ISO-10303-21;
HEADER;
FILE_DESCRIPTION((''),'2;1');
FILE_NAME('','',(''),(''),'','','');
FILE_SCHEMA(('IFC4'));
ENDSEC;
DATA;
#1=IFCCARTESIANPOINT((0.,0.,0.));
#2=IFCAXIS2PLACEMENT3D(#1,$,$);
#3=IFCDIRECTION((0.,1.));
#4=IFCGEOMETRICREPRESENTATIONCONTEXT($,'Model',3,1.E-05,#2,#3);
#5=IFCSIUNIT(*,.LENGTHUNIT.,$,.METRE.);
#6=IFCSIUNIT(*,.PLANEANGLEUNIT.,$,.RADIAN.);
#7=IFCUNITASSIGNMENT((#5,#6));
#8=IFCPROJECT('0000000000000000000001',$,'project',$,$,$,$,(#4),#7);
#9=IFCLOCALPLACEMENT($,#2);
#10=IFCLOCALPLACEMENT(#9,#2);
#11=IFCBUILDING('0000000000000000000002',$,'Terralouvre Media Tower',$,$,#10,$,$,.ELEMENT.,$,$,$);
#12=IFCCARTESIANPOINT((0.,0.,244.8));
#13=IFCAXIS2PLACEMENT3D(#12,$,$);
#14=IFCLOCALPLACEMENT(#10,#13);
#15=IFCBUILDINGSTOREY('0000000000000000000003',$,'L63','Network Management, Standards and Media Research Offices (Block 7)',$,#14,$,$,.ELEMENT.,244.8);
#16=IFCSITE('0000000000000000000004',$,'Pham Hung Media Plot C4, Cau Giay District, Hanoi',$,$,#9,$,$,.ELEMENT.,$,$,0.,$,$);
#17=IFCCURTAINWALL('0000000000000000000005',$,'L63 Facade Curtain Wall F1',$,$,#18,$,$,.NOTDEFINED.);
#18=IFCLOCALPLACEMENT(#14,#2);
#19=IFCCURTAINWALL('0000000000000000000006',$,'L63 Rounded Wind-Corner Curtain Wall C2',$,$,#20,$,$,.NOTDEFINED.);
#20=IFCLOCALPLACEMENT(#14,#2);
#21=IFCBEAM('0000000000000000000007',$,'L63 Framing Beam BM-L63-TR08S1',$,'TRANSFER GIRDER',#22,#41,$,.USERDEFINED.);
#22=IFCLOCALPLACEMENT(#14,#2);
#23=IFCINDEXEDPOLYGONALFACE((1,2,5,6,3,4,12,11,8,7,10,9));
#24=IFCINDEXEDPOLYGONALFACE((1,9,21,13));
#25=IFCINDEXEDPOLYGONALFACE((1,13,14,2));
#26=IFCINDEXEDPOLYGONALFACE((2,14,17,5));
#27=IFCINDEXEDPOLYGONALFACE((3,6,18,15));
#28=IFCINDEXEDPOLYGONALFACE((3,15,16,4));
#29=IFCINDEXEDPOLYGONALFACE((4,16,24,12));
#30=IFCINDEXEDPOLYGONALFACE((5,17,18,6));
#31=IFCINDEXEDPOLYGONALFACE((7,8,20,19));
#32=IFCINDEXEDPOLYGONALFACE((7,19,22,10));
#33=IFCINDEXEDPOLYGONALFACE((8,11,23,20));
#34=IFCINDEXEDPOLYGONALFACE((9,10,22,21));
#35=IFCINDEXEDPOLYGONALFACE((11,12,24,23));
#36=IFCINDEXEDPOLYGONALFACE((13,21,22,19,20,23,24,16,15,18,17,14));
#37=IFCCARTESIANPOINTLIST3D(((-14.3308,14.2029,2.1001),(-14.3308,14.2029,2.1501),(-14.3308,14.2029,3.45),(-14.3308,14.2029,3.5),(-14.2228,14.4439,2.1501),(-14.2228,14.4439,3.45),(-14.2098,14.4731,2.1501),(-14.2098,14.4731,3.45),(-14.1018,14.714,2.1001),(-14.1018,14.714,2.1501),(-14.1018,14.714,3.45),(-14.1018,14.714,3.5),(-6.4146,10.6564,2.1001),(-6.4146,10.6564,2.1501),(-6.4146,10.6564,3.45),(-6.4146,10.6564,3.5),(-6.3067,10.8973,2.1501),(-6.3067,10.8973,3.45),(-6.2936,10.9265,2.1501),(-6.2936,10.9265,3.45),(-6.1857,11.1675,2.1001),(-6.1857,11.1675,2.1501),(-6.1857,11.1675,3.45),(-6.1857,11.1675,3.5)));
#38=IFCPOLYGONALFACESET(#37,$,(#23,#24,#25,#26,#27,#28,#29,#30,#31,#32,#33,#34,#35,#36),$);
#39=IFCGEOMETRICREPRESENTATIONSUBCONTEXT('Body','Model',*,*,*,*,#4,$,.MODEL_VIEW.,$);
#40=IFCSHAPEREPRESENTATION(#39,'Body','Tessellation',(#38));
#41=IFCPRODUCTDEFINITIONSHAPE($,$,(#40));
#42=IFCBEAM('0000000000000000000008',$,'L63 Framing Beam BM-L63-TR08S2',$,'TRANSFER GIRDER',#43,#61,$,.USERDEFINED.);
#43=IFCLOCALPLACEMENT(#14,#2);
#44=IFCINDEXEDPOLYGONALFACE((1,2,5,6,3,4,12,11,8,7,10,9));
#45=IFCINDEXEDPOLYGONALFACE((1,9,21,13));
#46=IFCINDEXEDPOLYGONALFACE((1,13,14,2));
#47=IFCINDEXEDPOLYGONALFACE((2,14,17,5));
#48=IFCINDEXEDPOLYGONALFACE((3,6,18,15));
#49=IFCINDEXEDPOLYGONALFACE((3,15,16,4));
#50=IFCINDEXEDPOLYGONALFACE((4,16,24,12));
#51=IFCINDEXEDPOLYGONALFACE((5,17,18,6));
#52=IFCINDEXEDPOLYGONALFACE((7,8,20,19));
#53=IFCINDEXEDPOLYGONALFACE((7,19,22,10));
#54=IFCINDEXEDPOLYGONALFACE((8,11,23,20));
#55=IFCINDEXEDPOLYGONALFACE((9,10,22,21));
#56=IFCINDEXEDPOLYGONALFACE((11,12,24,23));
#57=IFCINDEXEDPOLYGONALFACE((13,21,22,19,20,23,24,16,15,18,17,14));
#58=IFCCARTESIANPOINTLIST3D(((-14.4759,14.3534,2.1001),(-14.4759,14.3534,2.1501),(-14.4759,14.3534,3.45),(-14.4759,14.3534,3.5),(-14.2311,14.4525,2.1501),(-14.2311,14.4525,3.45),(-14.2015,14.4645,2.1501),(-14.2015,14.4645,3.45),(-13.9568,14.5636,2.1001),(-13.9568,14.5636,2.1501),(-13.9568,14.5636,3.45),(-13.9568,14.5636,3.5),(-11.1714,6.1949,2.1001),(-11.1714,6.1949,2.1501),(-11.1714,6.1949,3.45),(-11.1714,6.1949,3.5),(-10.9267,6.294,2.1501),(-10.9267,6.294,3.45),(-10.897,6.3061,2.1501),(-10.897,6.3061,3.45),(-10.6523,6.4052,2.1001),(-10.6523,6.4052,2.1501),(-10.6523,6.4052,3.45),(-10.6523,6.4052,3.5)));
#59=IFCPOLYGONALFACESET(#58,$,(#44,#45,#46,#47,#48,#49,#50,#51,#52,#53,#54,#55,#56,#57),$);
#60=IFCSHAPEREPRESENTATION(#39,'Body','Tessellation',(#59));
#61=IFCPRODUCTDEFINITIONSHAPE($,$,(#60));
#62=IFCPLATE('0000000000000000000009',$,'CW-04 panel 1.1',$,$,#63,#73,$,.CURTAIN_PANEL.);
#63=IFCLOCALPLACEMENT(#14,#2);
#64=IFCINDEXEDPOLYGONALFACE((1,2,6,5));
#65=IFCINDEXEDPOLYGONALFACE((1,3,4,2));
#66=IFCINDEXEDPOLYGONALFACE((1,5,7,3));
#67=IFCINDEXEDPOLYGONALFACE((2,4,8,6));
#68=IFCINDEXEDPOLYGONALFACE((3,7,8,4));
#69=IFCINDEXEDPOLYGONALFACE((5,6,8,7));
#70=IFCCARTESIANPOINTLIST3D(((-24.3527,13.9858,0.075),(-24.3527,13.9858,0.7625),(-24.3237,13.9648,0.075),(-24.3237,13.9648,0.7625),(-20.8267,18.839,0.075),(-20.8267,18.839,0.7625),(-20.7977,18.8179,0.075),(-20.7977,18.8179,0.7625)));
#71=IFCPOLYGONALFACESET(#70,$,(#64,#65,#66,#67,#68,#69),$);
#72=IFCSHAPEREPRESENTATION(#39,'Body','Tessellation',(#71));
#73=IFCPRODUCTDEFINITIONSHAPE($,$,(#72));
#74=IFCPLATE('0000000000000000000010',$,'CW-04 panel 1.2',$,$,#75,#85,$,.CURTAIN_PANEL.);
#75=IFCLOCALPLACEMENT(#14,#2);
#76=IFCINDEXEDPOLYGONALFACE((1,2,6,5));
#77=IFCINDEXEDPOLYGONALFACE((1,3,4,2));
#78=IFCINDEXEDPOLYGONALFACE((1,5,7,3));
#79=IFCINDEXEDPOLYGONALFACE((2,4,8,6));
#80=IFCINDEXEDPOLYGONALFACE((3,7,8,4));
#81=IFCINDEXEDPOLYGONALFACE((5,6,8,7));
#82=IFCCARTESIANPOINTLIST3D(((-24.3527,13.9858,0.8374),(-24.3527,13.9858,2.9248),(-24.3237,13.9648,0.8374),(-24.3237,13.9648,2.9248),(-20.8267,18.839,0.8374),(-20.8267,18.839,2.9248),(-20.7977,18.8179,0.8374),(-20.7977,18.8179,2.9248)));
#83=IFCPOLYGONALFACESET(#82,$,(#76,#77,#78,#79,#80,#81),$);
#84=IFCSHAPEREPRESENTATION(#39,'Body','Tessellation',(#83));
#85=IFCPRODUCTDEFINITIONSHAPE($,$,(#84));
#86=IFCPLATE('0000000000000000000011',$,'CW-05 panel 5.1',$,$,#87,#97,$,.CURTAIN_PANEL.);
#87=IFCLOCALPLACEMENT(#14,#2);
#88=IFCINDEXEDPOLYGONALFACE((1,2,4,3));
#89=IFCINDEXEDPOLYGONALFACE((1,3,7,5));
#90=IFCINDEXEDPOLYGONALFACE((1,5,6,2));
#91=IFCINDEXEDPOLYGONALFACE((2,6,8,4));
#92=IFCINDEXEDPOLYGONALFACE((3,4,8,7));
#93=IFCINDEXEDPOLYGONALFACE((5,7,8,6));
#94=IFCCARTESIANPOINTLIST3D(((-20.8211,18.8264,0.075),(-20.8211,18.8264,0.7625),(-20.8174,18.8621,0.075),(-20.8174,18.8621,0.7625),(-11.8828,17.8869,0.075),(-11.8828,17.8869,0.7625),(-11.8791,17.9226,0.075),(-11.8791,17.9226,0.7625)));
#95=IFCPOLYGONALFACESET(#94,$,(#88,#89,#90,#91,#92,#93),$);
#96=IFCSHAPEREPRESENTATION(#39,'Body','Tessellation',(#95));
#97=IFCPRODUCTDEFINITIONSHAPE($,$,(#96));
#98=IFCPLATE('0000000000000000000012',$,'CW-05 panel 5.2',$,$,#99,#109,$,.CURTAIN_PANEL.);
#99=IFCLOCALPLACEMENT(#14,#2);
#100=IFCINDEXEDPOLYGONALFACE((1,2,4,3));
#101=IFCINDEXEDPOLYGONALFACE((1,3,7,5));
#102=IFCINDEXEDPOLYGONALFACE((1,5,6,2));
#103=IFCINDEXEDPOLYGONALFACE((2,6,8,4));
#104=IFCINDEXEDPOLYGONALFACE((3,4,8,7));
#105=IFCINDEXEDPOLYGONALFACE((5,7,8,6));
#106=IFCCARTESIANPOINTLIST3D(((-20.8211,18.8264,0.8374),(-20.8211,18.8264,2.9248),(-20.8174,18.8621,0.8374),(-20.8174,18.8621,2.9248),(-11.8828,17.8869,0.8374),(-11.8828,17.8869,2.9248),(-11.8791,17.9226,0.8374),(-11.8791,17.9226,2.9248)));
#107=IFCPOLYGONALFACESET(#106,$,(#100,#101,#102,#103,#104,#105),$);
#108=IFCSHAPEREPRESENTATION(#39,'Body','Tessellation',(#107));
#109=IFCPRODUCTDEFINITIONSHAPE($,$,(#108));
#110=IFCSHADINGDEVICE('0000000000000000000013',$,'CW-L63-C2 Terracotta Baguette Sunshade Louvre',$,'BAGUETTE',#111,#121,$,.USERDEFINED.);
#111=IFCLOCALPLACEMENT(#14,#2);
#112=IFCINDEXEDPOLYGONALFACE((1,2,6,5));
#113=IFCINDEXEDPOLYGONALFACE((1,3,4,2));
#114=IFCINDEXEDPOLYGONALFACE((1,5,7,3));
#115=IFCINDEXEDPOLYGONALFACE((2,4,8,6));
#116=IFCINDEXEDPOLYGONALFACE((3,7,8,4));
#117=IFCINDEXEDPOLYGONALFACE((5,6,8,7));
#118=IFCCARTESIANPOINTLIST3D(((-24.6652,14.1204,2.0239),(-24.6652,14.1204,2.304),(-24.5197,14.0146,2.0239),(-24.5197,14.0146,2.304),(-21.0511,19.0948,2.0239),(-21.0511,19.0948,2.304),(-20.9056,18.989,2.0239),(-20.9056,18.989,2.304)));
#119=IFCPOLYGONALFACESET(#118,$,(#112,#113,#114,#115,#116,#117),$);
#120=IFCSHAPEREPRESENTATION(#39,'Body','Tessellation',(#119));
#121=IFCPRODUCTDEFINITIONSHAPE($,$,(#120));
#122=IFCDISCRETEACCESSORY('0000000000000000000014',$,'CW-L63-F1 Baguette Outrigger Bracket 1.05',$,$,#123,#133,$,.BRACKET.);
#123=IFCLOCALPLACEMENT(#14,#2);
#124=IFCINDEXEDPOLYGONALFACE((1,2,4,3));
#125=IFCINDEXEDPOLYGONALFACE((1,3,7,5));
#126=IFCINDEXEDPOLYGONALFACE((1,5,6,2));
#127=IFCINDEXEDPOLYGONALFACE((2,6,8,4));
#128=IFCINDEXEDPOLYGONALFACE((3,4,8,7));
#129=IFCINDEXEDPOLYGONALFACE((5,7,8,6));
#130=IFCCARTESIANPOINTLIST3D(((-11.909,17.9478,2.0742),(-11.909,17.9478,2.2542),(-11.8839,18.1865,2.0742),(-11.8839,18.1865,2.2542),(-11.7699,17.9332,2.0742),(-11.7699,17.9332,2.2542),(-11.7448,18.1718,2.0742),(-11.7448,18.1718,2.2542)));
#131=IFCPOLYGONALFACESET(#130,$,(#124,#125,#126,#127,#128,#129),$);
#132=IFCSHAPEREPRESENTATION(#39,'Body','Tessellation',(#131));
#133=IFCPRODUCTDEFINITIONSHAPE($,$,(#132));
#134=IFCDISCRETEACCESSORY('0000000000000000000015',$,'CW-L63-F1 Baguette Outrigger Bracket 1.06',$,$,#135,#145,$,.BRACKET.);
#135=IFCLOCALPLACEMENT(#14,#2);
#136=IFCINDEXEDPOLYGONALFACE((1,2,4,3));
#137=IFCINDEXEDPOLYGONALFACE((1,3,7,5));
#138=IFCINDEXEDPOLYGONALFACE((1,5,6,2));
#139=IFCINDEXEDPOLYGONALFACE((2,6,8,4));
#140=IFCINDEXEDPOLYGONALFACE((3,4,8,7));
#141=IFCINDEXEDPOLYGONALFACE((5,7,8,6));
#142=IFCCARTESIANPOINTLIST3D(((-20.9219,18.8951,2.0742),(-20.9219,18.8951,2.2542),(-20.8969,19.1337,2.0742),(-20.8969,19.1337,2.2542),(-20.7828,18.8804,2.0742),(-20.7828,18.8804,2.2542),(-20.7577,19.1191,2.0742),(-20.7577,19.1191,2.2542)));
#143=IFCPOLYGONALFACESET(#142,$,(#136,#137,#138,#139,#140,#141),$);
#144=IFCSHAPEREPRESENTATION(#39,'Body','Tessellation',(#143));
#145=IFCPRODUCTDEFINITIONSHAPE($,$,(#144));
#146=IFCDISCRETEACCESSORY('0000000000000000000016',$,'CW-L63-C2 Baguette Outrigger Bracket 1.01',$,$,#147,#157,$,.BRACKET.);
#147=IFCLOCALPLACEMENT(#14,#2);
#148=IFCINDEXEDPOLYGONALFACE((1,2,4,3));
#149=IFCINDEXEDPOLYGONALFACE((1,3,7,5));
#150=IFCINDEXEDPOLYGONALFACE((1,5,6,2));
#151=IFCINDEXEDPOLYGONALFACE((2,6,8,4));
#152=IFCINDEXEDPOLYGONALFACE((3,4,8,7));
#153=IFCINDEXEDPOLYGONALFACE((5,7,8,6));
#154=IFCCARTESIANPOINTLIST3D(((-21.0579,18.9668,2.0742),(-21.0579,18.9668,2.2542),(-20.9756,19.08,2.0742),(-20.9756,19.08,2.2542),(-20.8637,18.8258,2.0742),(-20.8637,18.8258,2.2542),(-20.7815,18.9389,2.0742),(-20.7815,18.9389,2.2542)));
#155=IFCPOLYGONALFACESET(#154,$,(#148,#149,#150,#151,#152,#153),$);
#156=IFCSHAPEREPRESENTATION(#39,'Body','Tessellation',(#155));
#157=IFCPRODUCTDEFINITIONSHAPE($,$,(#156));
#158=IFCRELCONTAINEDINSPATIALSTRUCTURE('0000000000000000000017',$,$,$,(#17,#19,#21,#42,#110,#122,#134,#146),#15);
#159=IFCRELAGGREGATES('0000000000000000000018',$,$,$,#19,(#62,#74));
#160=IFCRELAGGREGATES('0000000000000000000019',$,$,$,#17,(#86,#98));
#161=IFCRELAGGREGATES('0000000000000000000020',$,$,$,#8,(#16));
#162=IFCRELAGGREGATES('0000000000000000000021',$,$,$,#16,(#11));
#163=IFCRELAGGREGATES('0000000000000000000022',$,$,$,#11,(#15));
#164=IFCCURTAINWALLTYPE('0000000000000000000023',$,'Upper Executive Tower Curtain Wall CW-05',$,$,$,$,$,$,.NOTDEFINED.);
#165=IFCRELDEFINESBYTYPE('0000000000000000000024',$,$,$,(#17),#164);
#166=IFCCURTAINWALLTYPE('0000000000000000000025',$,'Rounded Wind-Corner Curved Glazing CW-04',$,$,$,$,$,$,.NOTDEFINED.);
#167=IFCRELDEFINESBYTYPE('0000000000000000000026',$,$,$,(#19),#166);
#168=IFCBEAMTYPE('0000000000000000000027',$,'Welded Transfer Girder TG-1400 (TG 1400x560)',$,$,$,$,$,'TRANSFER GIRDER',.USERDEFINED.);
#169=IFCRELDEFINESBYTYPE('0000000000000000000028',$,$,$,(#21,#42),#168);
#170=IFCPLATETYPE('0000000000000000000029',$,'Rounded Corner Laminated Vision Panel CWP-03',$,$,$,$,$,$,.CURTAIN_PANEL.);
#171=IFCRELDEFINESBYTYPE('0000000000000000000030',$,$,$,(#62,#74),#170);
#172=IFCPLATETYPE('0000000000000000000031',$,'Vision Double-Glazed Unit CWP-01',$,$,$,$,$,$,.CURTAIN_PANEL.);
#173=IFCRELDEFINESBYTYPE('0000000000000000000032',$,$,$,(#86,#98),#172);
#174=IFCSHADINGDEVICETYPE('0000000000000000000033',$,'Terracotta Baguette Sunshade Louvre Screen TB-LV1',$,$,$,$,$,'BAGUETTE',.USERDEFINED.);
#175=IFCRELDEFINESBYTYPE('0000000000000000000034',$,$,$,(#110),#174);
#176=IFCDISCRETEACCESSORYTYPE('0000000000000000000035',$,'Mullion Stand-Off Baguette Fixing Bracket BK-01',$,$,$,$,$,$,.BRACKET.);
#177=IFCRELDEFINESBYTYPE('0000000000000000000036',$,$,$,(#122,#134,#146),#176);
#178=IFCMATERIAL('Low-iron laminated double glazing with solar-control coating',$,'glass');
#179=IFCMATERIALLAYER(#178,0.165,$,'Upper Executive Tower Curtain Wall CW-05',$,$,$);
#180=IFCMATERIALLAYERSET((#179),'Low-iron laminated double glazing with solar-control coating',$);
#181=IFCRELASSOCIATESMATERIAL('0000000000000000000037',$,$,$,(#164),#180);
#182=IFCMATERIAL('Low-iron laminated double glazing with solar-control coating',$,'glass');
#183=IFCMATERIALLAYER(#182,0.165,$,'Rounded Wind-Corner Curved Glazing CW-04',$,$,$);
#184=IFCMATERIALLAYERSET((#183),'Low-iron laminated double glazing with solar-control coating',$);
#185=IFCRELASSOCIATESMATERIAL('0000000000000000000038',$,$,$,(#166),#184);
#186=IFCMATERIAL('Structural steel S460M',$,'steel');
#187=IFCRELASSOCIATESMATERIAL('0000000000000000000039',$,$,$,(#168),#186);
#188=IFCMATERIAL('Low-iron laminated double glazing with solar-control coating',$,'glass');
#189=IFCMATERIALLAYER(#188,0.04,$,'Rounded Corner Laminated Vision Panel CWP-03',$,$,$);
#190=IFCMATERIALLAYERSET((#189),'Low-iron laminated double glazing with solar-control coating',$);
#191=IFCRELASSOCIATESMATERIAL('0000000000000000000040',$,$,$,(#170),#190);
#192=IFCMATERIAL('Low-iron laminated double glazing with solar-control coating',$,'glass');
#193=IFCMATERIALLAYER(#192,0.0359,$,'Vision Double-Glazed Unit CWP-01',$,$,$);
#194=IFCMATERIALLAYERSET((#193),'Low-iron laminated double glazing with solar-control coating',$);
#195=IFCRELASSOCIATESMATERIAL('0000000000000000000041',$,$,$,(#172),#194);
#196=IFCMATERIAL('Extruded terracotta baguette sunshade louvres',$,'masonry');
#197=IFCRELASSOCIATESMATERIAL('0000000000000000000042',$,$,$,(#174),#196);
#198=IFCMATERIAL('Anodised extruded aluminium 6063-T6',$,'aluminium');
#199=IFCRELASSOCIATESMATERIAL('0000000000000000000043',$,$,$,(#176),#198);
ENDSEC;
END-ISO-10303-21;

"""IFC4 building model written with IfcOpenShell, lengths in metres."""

from ifc_helpers import new_model, si_unit, direction, frame, origin, origin_2d, place, context, subcontext, project, spatial, rectangle, i_section, extrude, material, layer, layer_set, material_profile, profile_set, type_object, element, aggregate, save


model = new_model("IFC4")

# Units and contexts
model_context = context("Model", 3, precision=1e-05, world=origin(), true_north=direction((0.0, 1.0)))
body_context = subcontext(model_context, "Body", "Model", "MODEL_VIEW")
ifc_project = project(units=[si_unit("LENGTHUNIT", "METRE"), si_unit("PLANEANGLEUNIT", "RADIAN")], contexts=[model_context])

# Site, building, storey
site_placement = place(None, origin())
site = spatial("IfcSite", under=ifc_project, at=site_placement, Name="Pham Hung Media Plot C4, Cau Giay District, Hanoi", CompositionType="ELEMENT", RefElevation=0.0)
building_placement = place(site_placement, origin())
building = spatial("IfcBuilding", under=site, at=building_placement, Name="Terralouvre Media Tower", CompositionType="ELEMENT")
storey_placement = place(building_placement, frame((0.0, 0.0, 244.8)))
storey = spatial("IfcBuildingStorey", under=building, at=storey_placement, Name="L63", Description="Network Management, Standards and Media Research Offices (Block 7)", CompositionType="ELEMENT", Elevation=244.8)

# Curtain walls
ifc_material_1 = material(Name="Low-iron laminated double glazing with solar-control coating", Category="glass")
ifc_layer_1 = layer(ifc_material_1, 0.165, Name="Upper Executive Tower Curtain Wall CW-05")
ifc_layer_set_1 = layer_set([ifc_layer_1], Name="Low-iron laminated double glazing with solar-control coating")
curtain_wall_type_1 = type_object("IfcCurtainWallType", Name="Upper Executive Tower Curtain Wall CW-05", PredefinedType="NOTDEFINED", material=ifc_layer_set_1)
curtain_wall_1_placement = place(storey_placement, origin())
curtain_wall_1 = element("IfcCurtainWall", 1, at=curtain_wall_1_placement, inside=storey, type_object=curtain_wall_type_1, Name="L63 Facade Curtain Wall F1", PredefinedType="NOTDEFINED")
ifc_material_2 = material(Name="Low-iron laminated double glazing with solar-control coating", Category="glass")
ifc_layer_2 = layer(ifc_material_2, 0.165, Name="Rounded Wind-Corner Curved Glazing CW-04")
ifc_layer_set_2 = layer_set([ifc_layer_2], Name="Low-iron laminated double glazing with solar-control coating")
curtain_wall_type_2 = type_object("IfcCurtainWallType", Name="Rounded Wind-Corner Curved Glazing CW-04", PredefinedType="NOTDEFINED", material=ifc_layer_set_2)
curtain_wall_2_placement = place(storey_placement, origin())
curtain_wall_2 = element("IfcCurtainWall", 2, at=curtain_wall_2_placement, inside=storey, type_object=curtain_wall_type_2, Name="L63 Rounded Wind-Corner Curtain Wall C2", PredefinedType="NOTDEFINED")

# Beams
ifc_material_3 = material(Name="Structural steel S460M", Category="steel")
ifc_material_profile_1 = material_profile(ifc_material_3, i_section(OverallWidth=0.5601, OverallDepth=1.3999, WebThickness=0.032, FlangeThickness=0.05, at=origin_2d()), Name="TG 1400x560")
ifc_profile_set_1 = profile_set([ifc_material_profile_1], Name="Structural steel S460M")
beam_type = type_object("IfcBeamType", Name="Welded Transfer Girder TG-1400 (TG 1400x560)", ElementType="TRANSFER GIRDER", PredefinedType="USERDEFINED", material=ifc_profile_set_1)
beam_1_placement = place(storey_placement, frame((-14.2163, 14.4585, 2.8), z_axis=(0.912597, -0.40886, 0.0), x_axis=(0.40886, 0.912597, 0.0)))
element("IfcBeam", 3, at=beam_1_placement, inside=storey, type_object=beam_type, Name="L63 Framing Beam BM-L63-TR08S1", ObjectType="TRANSFER GIRDER", PredefinedType="USERDEFINED", context=body_context, shape_type="SweptSolid", body=[
    extrude(i_section(OverallWidth=0.5601, OverallDepth=1.3999, WebThickness=0.032, FlangeThickness=0.05, at=origin_2d()), origin(), (0.0, 0.0, 1.0), 8.6743),
])
beam_2_placement = place(storey_placement, frame((-14.2163, 14.4585, 2.8), z_axis=(0.375409, -0.926859, 0.0), x_axis=(0.926859, 0.375409, 0.0)))
element("IfcBeam", 4, at=beam_2_placement, inside=storey, type_object=beam_type, Name="L63 Framing Beam BM-L63-TR08S2", ObjectType="TRANSFER GIRDER", PredefinedType="USERDEFINED", context=body_context, shape_type="SweptSolid", body=[
    extrude(i_section(OverallWidth=0.5601, OverallDepth=1.3999, WebThickness=0.032, FlangeThickness=0.05, at=origin_2d()), origin(), (0.0, 0.0, 1.0), 8.8022),
])

# Plates
ifc_material_4 = material(Name="Low-iron laminated double glazing with solar-control coating", Category="glass")
ifc_layer_3 = layer(ifc_material_4, 0.04, Name="Rounded Corner Laminated Vision Panel CWP-03")
ifc_layer_set_3 = layer_set([ifc_layer_3], Name="Low-iron laminated double glazing with solar-control coating")
plate_type_1 = type_object("IfcPlateType", Name="Rounded Corner Laminated Vision Panel CWP-03", PredefinedType="CURTAIN_PANEL", material=ifc_layer_set_3)
plate_1_placement = place(storey_placement, frame((-22.5752, 16.4019, 0.075), z_axis=(0.0, 0.0, 1.0), x_axis=(-0.587786, -0.809017, 0.0)))
plate_1 = element("IfcPlate", 5, at=plate_1_placement, type_object=plate_type_1, Name="CW-04 panel 1.1", PredefinedType="CURTAIN_PANEL", context=body_context, shape_type="SweptSolid", body=[
    extrude(rectangle(XDim=5.9988, YDim=0.0359, at=origin_2d()), origin(), (0.0, 0.0, 1.0), 0.6875),
])
plate_2_placement = place(storey_placement, frame((-22.5752, 16.4019, 0.8374), z_axis=(0.0, 0.0, 1.0), x_axis=(-0.587786, -0.809017, 0.0)))
plate_2 = element("IfcPlate", 6, at=plate_2_placement, type_object=plate_type_1, Name="CW-04 panel 1.2", PredefinedType="CURTAIN_PANEL", context=body_context, shape_type="SweptSolid", body=[
    extrude(rectangle(XDim=5.9988, YDim=0.0359, at=origin_2d()), origin(), (0.0, 0.0, 1.0), 2.0874),
])
aggregate(curtain_wall_2, [plate_1, plate_2])
ifc_material_5 = material(Name="Low-iron laminated double glazing with solar-control coating", Category="glass")
ifc_layer_4 = layer(ifc_material_5, 0.0359, Name="Vision Double-Glazed Unit CWP-01")
ifc_layer_set_4 = layer_set([ifc_layer_4], Name="Low-iron laminated double glazing with solar-control coating")
plate_type_2 = type_object("IfcPlateType", Name="Vision Double-Glazed Unit CWP-01", PredefinedType="CURTAIN_PANEL", material=ifc_layer_set_4)
plate_3_placement = place(storey_placement, frame((-16.3501, 18.3745, 0.075), z_axis=(0.0, 0.0, 1.0), x_axis=(-0.994522, 0.104529, 0.0)))
plate_3 = element("IfcPlate", 7, at=plate_3_placement, type_object=plate_type_2, Name="CW-05 panel 5.1", PredefinedType="CURTAIN_PANEL", context=body_context, shape_type="SweptSolid", body=[
    extrude(rectangle(XDim=8.9875, YDim=0.0359, at=origin_2d()), origin(), (0.0, 0.0, 1.0), 0.6875),
])
plate_4_placement = place(storey_placement, frame((-16.3501, 18.3745, 0.8374), z_axis=(0.0, 0.0, 1.0), x_axis=(-0.994522, 0.104529, 0.0)))
plate_4 = element("IfcPlate", 8, at=plate_4_placement, type_object=plate_type_2, Name="CW-05 panel 5.2", PredefinedType="CURTAIN_PANEL", context=body_context, shape_type="SweptSolid", body=[
    extrude(rectangle(XDim=8.9875, YDim=0.0359, at=origin_2d()), origin(), (0.0, 0.0, 1.0), 2.0874),
])
aggregate(curtain_wall_1, [plate_3, plate_4])

# Shading device
ifc_material_6 = material(Name="Extruded terracotta baguette sunshade louvres", Category="masonry")
shading_device_type = type_object("IfcShadingDeviceType", Name="Terracotta Baguette Sunshade Louvre Screen TB-LV1", ElementType="BAGUETTE", PredefinedType="USERDEFINED", material=ifc_material_6)
shading_device_placement = place(storey_placement, frame((-22.7854, 16.5547, 2.0239), z_axis=(0.0, 0.0, 1.0), x_axis=(-0.587786, -0.809017, 0.0)))
element("IfcShadingDevice", 9, at=shading_device_placement, inside=storey, type_object=shading_device_type, Name="CW-L63-C2 Terracotta Baguette Sunshade Louvre", ObjectType="BAGUETTE", PredefinedType="USERDEFINED", context=body_context, shape_type="SweptSolid", body=[
    extrude(rectangle(XDim=6.1487, YDim=0.1799, at=origin_2d()), origin(), (0.0, 0.0, 1.0), 0.28),
])

# Discrete accessories
ifc_material_7 = material(Name="Anodised extruded aluminium 6063-T6", Category="aluminium")
discrete_accessory_type = type_object("IfcDiscreteAccessoryType", Name="Mullion Stand-Off Baguette Fixing Bracket BK-01", PredefinedType="BRACKET", material=ifc_material_7)
for number, where, z_axis, x_axis, name in (
    (10, (-11.8269, 18.0598, 2.0742), (0.0, 0.0, 1.0), (-0.994522, 0.104529, 0.0), "CW-L63-F1 Baguette Outrigger Bracket 1.05"),
    (11, (-20.8398, 19.0071, 2.0742), (0.0, 0.0, 1.0), (-0.994522, 0.104529, 0.0), "CW-L63-F1 Baguette Outrigger Bracket 1.06"),
    (12, (-20.9197, 18.9529, 2.0742), (0.0, 0.0, 1.0), (-0.587786, -0.809017, 0.0), "CW-L63-C2 Baguette Outrigger Bracket 1.01"),
):
    element("IfcDiscreteAccessory", number, at=place(storey_placement, frame(where, z_axis=z_axis, x_axis=x_axis)), inside=storey, type_object=discrete_accessory_type, Name=name, PredefinedType="BRACKET", context=body_context, shape_type="SweptSolid", body=[
        extrude(rectangle(XDim=0.1399, YDim=0.24, at=origin_2d()), origin(), (0.0, 0.0, 1.0), 0.1799),
    ])

save(model, "model.ifc")
